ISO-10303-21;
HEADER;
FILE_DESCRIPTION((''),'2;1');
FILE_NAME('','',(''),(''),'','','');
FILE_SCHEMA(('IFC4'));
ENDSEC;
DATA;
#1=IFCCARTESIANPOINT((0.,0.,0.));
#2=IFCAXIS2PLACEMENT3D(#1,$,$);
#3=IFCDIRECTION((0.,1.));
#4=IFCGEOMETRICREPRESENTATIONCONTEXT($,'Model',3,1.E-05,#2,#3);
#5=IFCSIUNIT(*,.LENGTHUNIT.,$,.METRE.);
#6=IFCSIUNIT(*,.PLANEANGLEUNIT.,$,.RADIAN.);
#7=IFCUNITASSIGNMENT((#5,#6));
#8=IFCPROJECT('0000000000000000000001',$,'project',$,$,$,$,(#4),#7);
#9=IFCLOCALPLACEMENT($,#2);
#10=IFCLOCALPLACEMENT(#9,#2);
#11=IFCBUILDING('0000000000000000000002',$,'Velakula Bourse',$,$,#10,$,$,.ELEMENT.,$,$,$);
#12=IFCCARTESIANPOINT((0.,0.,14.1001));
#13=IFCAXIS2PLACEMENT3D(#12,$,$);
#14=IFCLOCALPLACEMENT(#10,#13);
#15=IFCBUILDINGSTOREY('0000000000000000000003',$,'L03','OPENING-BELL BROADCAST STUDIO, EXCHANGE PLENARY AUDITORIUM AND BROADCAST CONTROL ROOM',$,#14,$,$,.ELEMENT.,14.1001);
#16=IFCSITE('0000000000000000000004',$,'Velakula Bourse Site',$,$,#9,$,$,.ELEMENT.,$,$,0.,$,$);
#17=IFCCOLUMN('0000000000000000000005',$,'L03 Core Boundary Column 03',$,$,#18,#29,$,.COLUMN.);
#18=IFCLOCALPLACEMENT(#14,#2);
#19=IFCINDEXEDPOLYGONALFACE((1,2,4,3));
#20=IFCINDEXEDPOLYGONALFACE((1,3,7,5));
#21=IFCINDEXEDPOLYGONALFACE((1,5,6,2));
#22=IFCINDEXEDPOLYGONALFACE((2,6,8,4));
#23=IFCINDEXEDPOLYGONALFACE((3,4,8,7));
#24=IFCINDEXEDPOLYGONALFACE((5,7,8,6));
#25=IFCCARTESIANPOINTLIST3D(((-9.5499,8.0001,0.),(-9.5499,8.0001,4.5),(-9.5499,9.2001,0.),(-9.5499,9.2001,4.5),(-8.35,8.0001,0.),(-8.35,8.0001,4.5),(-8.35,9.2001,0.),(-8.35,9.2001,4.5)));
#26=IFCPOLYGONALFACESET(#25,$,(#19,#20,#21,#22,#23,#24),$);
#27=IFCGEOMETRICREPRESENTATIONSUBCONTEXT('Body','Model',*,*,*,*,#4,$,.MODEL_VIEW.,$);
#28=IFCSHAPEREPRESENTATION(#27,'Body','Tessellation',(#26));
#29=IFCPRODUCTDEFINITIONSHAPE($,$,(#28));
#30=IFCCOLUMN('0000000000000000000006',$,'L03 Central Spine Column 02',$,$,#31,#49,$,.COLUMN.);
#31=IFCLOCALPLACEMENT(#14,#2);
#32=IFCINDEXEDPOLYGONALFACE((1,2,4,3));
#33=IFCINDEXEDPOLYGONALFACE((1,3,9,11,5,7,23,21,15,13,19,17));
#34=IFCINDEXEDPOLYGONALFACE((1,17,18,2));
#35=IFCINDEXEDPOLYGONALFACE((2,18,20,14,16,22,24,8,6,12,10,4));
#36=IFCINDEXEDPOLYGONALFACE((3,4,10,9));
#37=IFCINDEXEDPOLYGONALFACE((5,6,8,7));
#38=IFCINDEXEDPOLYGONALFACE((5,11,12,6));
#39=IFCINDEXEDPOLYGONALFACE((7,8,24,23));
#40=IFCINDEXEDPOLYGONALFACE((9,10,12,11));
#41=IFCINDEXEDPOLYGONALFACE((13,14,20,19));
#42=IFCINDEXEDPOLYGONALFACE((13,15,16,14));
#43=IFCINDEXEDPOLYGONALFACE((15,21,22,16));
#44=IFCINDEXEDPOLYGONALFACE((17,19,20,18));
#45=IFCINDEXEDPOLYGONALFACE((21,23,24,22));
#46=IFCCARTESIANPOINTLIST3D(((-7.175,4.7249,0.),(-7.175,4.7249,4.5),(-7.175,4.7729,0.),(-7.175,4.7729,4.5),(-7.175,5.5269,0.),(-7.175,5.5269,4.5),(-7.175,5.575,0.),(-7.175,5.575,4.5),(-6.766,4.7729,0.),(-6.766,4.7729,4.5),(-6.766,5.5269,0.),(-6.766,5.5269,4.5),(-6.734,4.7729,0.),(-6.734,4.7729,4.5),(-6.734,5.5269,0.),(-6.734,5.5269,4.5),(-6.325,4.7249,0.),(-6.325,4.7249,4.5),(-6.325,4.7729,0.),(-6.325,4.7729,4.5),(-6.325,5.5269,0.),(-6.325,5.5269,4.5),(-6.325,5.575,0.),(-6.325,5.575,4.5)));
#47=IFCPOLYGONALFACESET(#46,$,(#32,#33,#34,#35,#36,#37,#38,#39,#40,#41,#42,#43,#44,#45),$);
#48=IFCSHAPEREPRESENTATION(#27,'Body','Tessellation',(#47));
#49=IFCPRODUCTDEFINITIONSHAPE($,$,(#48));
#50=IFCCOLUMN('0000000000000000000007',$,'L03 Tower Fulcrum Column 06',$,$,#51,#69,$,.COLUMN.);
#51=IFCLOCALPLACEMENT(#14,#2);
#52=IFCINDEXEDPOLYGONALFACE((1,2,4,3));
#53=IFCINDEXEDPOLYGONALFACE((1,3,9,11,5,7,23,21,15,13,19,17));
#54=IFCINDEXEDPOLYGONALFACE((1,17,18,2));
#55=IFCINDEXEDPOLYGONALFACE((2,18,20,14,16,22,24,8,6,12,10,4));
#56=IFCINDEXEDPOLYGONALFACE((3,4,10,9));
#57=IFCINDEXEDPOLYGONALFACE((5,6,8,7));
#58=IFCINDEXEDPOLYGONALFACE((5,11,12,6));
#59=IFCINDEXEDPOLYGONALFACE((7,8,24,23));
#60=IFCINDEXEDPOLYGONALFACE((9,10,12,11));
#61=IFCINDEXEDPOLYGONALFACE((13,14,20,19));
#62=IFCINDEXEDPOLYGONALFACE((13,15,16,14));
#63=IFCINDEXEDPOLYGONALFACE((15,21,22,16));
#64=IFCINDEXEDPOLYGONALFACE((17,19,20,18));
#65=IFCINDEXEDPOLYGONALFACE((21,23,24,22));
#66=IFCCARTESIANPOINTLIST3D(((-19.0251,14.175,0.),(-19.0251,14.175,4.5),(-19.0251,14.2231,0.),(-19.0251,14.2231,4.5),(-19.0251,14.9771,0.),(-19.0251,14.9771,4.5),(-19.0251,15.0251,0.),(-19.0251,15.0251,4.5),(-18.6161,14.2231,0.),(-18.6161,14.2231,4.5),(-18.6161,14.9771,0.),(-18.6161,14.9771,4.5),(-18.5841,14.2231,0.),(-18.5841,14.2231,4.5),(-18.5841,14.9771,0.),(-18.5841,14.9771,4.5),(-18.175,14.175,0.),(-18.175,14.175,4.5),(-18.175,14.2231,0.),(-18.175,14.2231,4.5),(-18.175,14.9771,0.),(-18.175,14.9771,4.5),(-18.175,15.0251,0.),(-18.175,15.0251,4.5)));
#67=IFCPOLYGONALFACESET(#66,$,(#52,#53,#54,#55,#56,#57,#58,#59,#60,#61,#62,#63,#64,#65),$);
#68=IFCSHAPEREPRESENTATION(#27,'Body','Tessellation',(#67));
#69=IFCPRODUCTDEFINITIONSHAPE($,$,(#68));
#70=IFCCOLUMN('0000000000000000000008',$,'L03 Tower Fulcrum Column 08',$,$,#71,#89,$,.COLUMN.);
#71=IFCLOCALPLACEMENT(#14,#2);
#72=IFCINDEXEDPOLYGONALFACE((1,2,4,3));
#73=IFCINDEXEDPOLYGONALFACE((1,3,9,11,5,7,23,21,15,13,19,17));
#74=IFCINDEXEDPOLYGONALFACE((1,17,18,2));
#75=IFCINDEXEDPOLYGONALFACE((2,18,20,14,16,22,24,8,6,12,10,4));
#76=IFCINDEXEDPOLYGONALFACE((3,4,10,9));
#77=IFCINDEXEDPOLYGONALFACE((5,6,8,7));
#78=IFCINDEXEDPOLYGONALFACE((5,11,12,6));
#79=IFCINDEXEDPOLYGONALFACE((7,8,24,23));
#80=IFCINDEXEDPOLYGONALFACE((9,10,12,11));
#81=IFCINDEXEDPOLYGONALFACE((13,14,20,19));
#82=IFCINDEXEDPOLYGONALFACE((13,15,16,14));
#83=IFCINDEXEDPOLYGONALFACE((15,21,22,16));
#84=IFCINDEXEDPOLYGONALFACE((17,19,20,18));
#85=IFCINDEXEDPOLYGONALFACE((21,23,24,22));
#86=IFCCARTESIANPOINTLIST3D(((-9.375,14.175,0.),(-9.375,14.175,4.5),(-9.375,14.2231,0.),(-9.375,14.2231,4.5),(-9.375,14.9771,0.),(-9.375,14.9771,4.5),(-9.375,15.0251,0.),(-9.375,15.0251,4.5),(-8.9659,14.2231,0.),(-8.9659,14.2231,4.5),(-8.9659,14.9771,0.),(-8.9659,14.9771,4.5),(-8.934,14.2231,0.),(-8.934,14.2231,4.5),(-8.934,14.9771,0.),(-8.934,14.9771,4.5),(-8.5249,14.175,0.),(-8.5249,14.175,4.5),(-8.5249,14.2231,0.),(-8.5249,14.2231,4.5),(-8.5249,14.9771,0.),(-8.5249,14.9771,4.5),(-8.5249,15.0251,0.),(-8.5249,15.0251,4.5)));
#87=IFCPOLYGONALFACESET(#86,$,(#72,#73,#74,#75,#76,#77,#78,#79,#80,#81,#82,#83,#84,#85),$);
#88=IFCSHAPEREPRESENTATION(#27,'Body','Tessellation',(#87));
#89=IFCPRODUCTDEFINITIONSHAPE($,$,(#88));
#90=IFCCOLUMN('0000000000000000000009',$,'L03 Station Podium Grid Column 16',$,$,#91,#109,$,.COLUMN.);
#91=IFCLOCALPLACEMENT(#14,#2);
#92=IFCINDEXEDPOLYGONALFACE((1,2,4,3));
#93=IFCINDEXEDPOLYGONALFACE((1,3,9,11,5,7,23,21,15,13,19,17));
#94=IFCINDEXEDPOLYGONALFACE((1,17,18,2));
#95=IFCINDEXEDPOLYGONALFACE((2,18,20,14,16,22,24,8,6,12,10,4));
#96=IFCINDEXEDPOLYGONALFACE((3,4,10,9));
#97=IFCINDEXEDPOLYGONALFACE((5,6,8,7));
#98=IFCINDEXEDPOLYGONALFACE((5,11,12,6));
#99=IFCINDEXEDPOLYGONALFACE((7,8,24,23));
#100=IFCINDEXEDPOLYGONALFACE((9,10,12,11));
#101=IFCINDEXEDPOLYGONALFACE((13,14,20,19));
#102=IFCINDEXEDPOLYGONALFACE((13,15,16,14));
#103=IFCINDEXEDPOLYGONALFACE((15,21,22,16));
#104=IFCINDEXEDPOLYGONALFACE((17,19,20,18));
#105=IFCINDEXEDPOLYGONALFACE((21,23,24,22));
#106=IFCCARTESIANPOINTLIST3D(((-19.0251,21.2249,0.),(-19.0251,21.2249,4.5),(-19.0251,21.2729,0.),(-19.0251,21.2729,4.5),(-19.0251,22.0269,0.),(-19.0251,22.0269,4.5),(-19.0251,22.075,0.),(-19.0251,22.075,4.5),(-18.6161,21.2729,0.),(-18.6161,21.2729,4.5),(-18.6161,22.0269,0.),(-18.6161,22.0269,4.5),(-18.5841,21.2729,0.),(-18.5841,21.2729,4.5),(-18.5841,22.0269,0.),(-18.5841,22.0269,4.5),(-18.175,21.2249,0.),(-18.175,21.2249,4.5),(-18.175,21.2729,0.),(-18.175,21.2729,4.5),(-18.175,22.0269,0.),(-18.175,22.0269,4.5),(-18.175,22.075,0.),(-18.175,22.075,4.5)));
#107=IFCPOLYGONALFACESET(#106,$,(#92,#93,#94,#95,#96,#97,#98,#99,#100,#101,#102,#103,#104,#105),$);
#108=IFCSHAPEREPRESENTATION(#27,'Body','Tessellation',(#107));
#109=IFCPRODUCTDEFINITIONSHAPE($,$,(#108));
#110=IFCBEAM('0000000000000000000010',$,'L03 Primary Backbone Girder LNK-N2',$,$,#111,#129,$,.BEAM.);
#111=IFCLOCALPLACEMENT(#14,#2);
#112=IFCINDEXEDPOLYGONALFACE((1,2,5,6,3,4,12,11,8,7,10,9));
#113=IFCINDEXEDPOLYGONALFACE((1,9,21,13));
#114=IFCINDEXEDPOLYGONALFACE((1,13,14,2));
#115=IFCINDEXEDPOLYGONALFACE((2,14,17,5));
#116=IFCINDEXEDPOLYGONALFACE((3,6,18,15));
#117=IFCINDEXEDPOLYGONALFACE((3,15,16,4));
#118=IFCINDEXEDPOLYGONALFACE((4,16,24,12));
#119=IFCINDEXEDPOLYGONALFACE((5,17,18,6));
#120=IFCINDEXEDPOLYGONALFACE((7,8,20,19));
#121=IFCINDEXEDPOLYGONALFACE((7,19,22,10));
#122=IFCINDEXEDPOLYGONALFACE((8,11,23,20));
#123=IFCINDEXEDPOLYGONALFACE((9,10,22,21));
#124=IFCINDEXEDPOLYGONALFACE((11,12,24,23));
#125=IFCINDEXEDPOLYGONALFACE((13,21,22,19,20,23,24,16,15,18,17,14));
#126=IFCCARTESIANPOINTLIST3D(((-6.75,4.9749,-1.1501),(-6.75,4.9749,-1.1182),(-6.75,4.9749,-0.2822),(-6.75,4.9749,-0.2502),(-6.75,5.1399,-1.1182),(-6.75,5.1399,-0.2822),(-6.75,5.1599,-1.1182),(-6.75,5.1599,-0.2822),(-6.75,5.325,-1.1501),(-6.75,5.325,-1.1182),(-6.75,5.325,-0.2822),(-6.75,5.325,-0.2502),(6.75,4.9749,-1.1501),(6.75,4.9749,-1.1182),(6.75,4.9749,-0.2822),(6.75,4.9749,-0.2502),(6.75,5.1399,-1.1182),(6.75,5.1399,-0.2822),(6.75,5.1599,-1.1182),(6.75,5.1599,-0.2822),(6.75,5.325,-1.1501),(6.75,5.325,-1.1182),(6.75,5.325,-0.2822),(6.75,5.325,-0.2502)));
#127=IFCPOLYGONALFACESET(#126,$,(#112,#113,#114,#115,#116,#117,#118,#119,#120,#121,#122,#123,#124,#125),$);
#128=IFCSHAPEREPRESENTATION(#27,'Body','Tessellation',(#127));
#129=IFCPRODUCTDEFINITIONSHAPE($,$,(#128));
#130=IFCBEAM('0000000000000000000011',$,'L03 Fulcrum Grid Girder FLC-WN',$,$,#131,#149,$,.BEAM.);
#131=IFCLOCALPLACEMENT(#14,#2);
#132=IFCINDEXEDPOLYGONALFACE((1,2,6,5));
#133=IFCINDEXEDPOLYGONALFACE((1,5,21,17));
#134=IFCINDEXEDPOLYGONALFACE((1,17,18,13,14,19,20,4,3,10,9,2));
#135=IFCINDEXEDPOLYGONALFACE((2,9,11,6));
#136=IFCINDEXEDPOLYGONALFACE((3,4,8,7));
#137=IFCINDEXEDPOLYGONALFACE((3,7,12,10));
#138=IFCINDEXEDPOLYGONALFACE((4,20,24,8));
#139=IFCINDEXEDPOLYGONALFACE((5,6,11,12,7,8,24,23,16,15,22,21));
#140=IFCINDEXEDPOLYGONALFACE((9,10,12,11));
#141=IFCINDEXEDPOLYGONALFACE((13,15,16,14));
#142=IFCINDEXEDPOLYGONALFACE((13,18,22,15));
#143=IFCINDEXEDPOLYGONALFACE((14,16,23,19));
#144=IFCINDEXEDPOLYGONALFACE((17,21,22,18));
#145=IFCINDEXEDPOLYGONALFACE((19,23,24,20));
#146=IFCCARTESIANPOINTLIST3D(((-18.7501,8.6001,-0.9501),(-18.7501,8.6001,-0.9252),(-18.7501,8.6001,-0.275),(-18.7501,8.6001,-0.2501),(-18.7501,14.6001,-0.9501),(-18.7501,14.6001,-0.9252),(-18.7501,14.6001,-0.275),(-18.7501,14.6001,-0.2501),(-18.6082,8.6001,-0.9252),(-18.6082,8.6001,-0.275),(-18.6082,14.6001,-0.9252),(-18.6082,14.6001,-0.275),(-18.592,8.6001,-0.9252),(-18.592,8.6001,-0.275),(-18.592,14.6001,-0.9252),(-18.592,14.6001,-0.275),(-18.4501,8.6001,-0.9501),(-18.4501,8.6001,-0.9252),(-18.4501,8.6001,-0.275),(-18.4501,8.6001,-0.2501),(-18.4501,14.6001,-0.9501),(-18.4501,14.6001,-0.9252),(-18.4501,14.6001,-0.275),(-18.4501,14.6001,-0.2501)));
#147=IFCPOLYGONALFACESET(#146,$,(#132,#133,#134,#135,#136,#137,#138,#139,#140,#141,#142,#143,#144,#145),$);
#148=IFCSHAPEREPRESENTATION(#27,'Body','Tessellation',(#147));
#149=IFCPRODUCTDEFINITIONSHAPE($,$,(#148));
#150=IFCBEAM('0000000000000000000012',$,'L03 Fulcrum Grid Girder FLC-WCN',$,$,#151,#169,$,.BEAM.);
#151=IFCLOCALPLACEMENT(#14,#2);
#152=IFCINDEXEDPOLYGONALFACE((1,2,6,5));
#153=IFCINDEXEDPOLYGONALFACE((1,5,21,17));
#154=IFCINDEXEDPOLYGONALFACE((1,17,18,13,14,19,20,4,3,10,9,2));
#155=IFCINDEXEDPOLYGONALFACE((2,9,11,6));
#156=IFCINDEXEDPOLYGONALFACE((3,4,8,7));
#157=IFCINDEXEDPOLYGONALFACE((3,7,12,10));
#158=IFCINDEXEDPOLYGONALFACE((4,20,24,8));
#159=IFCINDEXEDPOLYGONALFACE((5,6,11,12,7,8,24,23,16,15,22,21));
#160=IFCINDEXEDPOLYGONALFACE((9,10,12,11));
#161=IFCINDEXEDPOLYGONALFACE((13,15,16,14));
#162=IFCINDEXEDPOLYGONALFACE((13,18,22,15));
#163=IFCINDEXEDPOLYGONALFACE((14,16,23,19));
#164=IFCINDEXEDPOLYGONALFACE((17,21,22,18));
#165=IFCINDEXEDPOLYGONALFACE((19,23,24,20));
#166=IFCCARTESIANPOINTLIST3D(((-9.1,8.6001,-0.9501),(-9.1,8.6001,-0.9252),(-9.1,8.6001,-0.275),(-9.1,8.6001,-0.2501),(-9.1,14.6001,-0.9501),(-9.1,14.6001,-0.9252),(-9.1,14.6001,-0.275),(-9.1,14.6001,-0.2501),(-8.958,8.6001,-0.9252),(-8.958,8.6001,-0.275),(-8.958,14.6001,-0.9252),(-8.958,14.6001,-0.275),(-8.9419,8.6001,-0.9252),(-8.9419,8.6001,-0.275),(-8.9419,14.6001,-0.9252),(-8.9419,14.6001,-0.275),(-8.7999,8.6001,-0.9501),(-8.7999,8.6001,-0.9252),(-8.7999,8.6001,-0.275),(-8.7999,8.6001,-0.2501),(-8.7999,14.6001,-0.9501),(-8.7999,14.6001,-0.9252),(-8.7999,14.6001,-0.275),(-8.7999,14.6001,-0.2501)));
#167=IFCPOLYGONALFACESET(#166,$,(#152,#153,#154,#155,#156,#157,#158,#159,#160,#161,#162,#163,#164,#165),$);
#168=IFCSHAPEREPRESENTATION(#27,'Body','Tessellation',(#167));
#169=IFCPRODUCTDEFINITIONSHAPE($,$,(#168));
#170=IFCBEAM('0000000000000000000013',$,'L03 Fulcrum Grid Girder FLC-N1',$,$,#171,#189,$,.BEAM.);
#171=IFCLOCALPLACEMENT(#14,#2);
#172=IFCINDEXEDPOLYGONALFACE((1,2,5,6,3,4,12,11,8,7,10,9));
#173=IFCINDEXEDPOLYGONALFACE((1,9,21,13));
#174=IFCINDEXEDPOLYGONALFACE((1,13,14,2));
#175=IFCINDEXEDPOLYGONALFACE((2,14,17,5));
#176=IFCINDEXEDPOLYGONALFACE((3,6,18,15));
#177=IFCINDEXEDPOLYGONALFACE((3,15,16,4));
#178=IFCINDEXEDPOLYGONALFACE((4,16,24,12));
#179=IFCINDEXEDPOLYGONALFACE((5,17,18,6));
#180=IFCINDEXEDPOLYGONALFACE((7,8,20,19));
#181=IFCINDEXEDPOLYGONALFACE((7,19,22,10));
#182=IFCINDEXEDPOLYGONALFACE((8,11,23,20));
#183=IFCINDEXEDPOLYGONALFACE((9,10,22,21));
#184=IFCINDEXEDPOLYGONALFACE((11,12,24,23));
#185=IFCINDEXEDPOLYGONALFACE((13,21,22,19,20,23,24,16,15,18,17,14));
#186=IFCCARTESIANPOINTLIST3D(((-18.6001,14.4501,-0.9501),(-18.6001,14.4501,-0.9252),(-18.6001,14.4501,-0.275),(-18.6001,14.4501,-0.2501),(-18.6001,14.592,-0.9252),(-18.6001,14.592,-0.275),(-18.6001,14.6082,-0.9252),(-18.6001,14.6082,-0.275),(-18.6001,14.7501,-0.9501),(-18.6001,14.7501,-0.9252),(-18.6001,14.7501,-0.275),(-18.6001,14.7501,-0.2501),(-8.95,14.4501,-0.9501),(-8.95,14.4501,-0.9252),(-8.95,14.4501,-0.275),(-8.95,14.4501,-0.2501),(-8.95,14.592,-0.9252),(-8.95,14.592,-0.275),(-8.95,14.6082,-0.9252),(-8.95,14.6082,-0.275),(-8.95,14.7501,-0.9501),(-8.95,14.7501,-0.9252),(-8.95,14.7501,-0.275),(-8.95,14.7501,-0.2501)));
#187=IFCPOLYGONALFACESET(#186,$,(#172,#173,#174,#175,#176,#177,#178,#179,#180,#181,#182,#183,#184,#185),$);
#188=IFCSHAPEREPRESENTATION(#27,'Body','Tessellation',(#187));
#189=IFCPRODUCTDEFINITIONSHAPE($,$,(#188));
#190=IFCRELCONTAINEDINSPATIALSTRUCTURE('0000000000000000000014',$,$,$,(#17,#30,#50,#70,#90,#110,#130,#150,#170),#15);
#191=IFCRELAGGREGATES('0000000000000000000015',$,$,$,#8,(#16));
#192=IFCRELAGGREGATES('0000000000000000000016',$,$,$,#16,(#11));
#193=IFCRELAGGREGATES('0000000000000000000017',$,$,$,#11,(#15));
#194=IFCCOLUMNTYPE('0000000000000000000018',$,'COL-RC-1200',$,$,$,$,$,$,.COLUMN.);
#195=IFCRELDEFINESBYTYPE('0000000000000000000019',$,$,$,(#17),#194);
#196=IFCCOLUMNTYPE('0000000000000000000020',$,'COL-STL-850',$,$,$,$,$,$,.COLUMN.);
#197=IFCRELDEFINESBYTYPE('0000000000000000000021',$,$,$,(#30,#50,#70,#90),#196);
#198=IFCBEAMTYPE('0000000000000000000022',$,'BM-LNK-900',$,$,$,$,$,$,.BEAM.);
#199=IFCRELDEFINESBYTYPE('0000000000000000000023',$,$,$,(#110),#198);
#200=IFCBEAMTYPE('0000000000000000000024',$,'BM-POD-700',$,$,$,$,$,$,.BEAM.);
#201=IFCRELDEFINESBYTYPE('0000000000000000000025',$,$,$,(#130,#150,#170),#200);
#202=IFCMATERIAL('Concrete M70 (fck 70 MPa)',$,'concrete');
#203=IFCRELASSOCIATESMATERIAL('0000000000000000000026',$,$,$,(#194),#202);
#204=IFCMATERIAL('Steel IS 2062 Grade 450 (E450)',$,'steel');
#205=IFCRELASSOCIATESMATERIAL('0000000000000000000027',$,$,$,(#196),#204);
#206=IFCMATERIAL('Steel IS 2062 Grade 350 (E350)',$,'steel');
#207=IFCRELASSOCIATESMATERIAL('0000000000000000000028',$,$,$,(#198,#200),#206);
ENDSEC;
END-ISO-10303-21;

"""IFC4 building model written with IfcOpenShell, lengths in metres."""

from ifc_helpers import new_model, si_unit, direction, frame, origin, origin_2d, place, context, subcontext, project, spatial, rectangle, i_section, extrude, material, material_profile, profile_set, type_object, element, save


model = new_model("IFC4")

# Units and contexts
model_context = context("Model", 3, precision=1e-05, world=origin(), true_north=direction((0.0, 1.0)))
body_context = subcontext(model_context, "Body", "Model", "MODEL_VIEW")
ifc_project = project(units=[si_unit("LENGTHUNIT", "METRE"), si_unit("PLANEANGLEUNIT", "RADIAN")], contexts=[model_context])

# Site, building, storey
site_placement = place(None, origin())
site = spatial("IfcSite", under=ifc_project, at=site_placement, Name="Velakula Bourse Site", CompositionType="ELEMENT", RefElevation=0.0)
building_placement = place(site_placement, origin())
building = spatial("IfcBuilding", under=site, at=building_placement, Name="Velakula Bourse", CompositionType="ELEMENT")
storey_placement = place(building_placement, frame((0.0, 0.0, 14.1001)))
storey = spatial("IfcBuildingStorey", under=building, at=storey_placement, Name="L03", Description="OPENING-BELL BROADCAST STUDIO, EXCHANGE PLENARY AUDITORIUM AND BROADCAST CONTROL ROOM", CompositionType="ELEMENT", Elevation=14.1001)

# Columns
ifc_material_1 = material(Name="Concrete M70 (fck 70 MPa)", Category="concrete")
ifc_material_profile_1 = material_profile(ifc_material_1, rectangle(XDim=1.2, YDim=1.2, at=origin_2d()), Name="Concrete M70 (fck 70 MPa)")
ifc_profile_set_1 = profile_set([ifc_material_profile_1], Name="Concrete M70 (fck 70 MPa)")
column_type_1 = type_object("IfcColumnType", Name="COL-RC-1200", PredefinedType="COLUMN", material=ifc_profile_set_1)
column_placement = place(storey_placement, frame((-8.95, 8.6001, 0.0), z_axis=(0.0, 0.0, 1.0), x_axis=(1.0, 0.0, 0.0)))
element("IfcColumn", 1, at=column_placement, inside=storey, type_object=column_type_1, Name="L03 Core Boundary Column 03", PredefinedType="COLUMN", context=body_context, shape_type="SweptSolid", body=[
    extrude(rectangle(XDim=1.2, YDim=1.2, at=origin_2d()), origin(), (0.0, 0.0, 1.0), 4.5),
])
ifc_material_2 = material(Name="Steel IS 2062 Grade 450 (E450)", Category="steel")
ifc_material_profile_2 = material_profile(ifc_material_2, i_section(OverallWidth=0.8501, OverallDepth=0.8501, WebThickness=0.032, FlangeThickness=0.0481, at=origin_2d()), Name="Steel IS 2062 Grade 450 (E450)")
ifc_profile_set_2 = profile_set([ifc_material_profile_2], Name="Steel IS 2062 Grade 450 (E450)")
column_type_2 = type_object("IfcColumnType", Name="COL-STL-850", PredefinedType="COLUMN", material=ifc_profile_set_2)
for number, where, z_axis, x_axis, name in (
    (2, (-6.75, 5.1499, 0.0), (0.0, 0.0, 1.0), (1.0, 0.0, 0.0), "L03 Central Spine Column 02"),
    (3, (-18.6001, 14.6001, 0.0), (0.0, 0.0, 1.0), (1.0, 0.0, 0.0), "L03 Tower Fulcrum Column 06"),
    (4, (-8.95, 14.6001, 0.0), (0.0, 0.0, 1.0), (1.0, 0.0, 0.0), "L03 Tower Fulcrum Column 08"),
    (5, (-18.6001, 21.6499, 0.0), (0.0, 0.0, 1.0), (1.0, 0.0, 0.0), "L03 Station Podium Grid Column 16"),
):
    element("IfcColumn", number, at=place(storey_placement, frame(where, z_axis=z_axis, x_axis=x_axis)), inside=storey, type_object=column_type_2, Name=name, PredefinedType="COLUMN", context=body_context, shape_type="SweptSolid", body=[
        extrude(i_section(OverallWidth=0.8501, OverallDepth=0.8501, WebThickness=0.032, FlangeThickness=0.0481, at=origin_2d()), origin(), (0.0, 0.0, 1.0), 4.5),
    ])

# Beams
ifc_material_3 = material(Name="Steel IS 2062 Grade 350 (E350)", Category="steel")
ifc_material_profile_3 = material_profile(ifc_material_3, i_section(OverallWidth=0.3501, OverallDepth=0.8999, WebThickness=0.02, FlangeThickness=0.032, at=origin_2d()), Name="Steel IS 2062 Grade 350 (E350)")
ifc_profile_set_3 = profile_set([ifc_material_profile_3], Name="Steel IS 2062 Grade 350 (E350)")
beam_type_1 = type_object("IfcBeamType", Name="BM-LNK-900", PredefinedType="BEAM", material=ifc_profile_set_3)
beam_1_placement = place(storey_placement, frame((-6.75, 5.1499, -0.7002), z_axis=(1.0, 0.0, 0.0), x_axis=(0.0, 1.0, 0.0)))
element("IfcBeam", 6, at=beam_1_placement, inside=storey, type_object=beam_type_1, Name="L03 Primary Backbone Girder LNK-N2", PredefinedType="BEAM", context=body_context, shape_type="SweptSolid", body=[
    extrude(i_section(OverallWidth=0.3501, OverallDepth=0.8999, WebThickness=0.02, FlangeThickness=0.032, at=origin_2d()), origin(), (0.0, 0.0, 1.0), 13.5),
])
ifc_material_profile_4 = material_profile(ifc_material_3, i_section(OverallWidth=0.3, OverallDepth=0.7, WebThickness=0.0161, FlangeThickness=0.0249, at=origin_2d()), Name="Steel IS 2062 Grade 350 (E350)")
ifc_profile_set_4 = profile_set([ifc_material_profile_4], Name="Steel IS 2062 Grade 350 (E350)")
beam_type_2 = type_object("IfcBeamType", Name="BM-POD-700", PredefinedType="BEAM", material=ifc_profile_set_4)
for number, where, z_axis, x_axis, name in (
    (7, (-18.6001, 8.6001, -0.6001), (0.0, 1.0, 0.0), (-1.0, 0.0, 0.0), "L03 Fulcrum Grid Girder FLC-WN"),
    (8, (-8.95, 8.6001, -0.6001), (0.0, 1.0, 0.0), (-1.0, 0.0, 0.0), "L03 Fulcrum Grid Girder FLC-WCN"),
):
    element("IfcBeam", number, at=place(storey_placement, frame(where, z_axis=z_axis, x_axis=x_axis)), inside=storey, type_object=beam_type_2, Name=name, PredefinedType="BEAM", context=body_context, shape_type="SweptSolid", body=[
        extrude(i_section(OverallWidth=0.3, OverallDepth=0.7, WebThickness=0.0161, FlangeThickness=0.0249, at=origin_2d()), origin(), (0.0, 0.0, 1.0), 6.0),
    ])
beam_2_placement = place(storey_placement, frame((-18.6001, 14.6001, -0.6001), z_axis=(1.0, 0.0, 0.0), x_axis=(0.0, 1.0, 0.0)))
element("IfcBeam", 9, at=beam_2_placement, inside=storey, type_object=beam_type_2, Name="L03 Fulcrum Grid Girder FLC-N1", PredefinedType="BEAM", context=body_context, shape_type="SweptSolid", body=[
    extrude(i_section(OverallWidth=0.3, OverallDepth=0.7, WebThickness=0.0161, FlangeThickness=0.0249, at=origin_2d()), origin(), (0.0, 0.0, 1.0), 9.6501),
])

save(model, "model.ifc")
